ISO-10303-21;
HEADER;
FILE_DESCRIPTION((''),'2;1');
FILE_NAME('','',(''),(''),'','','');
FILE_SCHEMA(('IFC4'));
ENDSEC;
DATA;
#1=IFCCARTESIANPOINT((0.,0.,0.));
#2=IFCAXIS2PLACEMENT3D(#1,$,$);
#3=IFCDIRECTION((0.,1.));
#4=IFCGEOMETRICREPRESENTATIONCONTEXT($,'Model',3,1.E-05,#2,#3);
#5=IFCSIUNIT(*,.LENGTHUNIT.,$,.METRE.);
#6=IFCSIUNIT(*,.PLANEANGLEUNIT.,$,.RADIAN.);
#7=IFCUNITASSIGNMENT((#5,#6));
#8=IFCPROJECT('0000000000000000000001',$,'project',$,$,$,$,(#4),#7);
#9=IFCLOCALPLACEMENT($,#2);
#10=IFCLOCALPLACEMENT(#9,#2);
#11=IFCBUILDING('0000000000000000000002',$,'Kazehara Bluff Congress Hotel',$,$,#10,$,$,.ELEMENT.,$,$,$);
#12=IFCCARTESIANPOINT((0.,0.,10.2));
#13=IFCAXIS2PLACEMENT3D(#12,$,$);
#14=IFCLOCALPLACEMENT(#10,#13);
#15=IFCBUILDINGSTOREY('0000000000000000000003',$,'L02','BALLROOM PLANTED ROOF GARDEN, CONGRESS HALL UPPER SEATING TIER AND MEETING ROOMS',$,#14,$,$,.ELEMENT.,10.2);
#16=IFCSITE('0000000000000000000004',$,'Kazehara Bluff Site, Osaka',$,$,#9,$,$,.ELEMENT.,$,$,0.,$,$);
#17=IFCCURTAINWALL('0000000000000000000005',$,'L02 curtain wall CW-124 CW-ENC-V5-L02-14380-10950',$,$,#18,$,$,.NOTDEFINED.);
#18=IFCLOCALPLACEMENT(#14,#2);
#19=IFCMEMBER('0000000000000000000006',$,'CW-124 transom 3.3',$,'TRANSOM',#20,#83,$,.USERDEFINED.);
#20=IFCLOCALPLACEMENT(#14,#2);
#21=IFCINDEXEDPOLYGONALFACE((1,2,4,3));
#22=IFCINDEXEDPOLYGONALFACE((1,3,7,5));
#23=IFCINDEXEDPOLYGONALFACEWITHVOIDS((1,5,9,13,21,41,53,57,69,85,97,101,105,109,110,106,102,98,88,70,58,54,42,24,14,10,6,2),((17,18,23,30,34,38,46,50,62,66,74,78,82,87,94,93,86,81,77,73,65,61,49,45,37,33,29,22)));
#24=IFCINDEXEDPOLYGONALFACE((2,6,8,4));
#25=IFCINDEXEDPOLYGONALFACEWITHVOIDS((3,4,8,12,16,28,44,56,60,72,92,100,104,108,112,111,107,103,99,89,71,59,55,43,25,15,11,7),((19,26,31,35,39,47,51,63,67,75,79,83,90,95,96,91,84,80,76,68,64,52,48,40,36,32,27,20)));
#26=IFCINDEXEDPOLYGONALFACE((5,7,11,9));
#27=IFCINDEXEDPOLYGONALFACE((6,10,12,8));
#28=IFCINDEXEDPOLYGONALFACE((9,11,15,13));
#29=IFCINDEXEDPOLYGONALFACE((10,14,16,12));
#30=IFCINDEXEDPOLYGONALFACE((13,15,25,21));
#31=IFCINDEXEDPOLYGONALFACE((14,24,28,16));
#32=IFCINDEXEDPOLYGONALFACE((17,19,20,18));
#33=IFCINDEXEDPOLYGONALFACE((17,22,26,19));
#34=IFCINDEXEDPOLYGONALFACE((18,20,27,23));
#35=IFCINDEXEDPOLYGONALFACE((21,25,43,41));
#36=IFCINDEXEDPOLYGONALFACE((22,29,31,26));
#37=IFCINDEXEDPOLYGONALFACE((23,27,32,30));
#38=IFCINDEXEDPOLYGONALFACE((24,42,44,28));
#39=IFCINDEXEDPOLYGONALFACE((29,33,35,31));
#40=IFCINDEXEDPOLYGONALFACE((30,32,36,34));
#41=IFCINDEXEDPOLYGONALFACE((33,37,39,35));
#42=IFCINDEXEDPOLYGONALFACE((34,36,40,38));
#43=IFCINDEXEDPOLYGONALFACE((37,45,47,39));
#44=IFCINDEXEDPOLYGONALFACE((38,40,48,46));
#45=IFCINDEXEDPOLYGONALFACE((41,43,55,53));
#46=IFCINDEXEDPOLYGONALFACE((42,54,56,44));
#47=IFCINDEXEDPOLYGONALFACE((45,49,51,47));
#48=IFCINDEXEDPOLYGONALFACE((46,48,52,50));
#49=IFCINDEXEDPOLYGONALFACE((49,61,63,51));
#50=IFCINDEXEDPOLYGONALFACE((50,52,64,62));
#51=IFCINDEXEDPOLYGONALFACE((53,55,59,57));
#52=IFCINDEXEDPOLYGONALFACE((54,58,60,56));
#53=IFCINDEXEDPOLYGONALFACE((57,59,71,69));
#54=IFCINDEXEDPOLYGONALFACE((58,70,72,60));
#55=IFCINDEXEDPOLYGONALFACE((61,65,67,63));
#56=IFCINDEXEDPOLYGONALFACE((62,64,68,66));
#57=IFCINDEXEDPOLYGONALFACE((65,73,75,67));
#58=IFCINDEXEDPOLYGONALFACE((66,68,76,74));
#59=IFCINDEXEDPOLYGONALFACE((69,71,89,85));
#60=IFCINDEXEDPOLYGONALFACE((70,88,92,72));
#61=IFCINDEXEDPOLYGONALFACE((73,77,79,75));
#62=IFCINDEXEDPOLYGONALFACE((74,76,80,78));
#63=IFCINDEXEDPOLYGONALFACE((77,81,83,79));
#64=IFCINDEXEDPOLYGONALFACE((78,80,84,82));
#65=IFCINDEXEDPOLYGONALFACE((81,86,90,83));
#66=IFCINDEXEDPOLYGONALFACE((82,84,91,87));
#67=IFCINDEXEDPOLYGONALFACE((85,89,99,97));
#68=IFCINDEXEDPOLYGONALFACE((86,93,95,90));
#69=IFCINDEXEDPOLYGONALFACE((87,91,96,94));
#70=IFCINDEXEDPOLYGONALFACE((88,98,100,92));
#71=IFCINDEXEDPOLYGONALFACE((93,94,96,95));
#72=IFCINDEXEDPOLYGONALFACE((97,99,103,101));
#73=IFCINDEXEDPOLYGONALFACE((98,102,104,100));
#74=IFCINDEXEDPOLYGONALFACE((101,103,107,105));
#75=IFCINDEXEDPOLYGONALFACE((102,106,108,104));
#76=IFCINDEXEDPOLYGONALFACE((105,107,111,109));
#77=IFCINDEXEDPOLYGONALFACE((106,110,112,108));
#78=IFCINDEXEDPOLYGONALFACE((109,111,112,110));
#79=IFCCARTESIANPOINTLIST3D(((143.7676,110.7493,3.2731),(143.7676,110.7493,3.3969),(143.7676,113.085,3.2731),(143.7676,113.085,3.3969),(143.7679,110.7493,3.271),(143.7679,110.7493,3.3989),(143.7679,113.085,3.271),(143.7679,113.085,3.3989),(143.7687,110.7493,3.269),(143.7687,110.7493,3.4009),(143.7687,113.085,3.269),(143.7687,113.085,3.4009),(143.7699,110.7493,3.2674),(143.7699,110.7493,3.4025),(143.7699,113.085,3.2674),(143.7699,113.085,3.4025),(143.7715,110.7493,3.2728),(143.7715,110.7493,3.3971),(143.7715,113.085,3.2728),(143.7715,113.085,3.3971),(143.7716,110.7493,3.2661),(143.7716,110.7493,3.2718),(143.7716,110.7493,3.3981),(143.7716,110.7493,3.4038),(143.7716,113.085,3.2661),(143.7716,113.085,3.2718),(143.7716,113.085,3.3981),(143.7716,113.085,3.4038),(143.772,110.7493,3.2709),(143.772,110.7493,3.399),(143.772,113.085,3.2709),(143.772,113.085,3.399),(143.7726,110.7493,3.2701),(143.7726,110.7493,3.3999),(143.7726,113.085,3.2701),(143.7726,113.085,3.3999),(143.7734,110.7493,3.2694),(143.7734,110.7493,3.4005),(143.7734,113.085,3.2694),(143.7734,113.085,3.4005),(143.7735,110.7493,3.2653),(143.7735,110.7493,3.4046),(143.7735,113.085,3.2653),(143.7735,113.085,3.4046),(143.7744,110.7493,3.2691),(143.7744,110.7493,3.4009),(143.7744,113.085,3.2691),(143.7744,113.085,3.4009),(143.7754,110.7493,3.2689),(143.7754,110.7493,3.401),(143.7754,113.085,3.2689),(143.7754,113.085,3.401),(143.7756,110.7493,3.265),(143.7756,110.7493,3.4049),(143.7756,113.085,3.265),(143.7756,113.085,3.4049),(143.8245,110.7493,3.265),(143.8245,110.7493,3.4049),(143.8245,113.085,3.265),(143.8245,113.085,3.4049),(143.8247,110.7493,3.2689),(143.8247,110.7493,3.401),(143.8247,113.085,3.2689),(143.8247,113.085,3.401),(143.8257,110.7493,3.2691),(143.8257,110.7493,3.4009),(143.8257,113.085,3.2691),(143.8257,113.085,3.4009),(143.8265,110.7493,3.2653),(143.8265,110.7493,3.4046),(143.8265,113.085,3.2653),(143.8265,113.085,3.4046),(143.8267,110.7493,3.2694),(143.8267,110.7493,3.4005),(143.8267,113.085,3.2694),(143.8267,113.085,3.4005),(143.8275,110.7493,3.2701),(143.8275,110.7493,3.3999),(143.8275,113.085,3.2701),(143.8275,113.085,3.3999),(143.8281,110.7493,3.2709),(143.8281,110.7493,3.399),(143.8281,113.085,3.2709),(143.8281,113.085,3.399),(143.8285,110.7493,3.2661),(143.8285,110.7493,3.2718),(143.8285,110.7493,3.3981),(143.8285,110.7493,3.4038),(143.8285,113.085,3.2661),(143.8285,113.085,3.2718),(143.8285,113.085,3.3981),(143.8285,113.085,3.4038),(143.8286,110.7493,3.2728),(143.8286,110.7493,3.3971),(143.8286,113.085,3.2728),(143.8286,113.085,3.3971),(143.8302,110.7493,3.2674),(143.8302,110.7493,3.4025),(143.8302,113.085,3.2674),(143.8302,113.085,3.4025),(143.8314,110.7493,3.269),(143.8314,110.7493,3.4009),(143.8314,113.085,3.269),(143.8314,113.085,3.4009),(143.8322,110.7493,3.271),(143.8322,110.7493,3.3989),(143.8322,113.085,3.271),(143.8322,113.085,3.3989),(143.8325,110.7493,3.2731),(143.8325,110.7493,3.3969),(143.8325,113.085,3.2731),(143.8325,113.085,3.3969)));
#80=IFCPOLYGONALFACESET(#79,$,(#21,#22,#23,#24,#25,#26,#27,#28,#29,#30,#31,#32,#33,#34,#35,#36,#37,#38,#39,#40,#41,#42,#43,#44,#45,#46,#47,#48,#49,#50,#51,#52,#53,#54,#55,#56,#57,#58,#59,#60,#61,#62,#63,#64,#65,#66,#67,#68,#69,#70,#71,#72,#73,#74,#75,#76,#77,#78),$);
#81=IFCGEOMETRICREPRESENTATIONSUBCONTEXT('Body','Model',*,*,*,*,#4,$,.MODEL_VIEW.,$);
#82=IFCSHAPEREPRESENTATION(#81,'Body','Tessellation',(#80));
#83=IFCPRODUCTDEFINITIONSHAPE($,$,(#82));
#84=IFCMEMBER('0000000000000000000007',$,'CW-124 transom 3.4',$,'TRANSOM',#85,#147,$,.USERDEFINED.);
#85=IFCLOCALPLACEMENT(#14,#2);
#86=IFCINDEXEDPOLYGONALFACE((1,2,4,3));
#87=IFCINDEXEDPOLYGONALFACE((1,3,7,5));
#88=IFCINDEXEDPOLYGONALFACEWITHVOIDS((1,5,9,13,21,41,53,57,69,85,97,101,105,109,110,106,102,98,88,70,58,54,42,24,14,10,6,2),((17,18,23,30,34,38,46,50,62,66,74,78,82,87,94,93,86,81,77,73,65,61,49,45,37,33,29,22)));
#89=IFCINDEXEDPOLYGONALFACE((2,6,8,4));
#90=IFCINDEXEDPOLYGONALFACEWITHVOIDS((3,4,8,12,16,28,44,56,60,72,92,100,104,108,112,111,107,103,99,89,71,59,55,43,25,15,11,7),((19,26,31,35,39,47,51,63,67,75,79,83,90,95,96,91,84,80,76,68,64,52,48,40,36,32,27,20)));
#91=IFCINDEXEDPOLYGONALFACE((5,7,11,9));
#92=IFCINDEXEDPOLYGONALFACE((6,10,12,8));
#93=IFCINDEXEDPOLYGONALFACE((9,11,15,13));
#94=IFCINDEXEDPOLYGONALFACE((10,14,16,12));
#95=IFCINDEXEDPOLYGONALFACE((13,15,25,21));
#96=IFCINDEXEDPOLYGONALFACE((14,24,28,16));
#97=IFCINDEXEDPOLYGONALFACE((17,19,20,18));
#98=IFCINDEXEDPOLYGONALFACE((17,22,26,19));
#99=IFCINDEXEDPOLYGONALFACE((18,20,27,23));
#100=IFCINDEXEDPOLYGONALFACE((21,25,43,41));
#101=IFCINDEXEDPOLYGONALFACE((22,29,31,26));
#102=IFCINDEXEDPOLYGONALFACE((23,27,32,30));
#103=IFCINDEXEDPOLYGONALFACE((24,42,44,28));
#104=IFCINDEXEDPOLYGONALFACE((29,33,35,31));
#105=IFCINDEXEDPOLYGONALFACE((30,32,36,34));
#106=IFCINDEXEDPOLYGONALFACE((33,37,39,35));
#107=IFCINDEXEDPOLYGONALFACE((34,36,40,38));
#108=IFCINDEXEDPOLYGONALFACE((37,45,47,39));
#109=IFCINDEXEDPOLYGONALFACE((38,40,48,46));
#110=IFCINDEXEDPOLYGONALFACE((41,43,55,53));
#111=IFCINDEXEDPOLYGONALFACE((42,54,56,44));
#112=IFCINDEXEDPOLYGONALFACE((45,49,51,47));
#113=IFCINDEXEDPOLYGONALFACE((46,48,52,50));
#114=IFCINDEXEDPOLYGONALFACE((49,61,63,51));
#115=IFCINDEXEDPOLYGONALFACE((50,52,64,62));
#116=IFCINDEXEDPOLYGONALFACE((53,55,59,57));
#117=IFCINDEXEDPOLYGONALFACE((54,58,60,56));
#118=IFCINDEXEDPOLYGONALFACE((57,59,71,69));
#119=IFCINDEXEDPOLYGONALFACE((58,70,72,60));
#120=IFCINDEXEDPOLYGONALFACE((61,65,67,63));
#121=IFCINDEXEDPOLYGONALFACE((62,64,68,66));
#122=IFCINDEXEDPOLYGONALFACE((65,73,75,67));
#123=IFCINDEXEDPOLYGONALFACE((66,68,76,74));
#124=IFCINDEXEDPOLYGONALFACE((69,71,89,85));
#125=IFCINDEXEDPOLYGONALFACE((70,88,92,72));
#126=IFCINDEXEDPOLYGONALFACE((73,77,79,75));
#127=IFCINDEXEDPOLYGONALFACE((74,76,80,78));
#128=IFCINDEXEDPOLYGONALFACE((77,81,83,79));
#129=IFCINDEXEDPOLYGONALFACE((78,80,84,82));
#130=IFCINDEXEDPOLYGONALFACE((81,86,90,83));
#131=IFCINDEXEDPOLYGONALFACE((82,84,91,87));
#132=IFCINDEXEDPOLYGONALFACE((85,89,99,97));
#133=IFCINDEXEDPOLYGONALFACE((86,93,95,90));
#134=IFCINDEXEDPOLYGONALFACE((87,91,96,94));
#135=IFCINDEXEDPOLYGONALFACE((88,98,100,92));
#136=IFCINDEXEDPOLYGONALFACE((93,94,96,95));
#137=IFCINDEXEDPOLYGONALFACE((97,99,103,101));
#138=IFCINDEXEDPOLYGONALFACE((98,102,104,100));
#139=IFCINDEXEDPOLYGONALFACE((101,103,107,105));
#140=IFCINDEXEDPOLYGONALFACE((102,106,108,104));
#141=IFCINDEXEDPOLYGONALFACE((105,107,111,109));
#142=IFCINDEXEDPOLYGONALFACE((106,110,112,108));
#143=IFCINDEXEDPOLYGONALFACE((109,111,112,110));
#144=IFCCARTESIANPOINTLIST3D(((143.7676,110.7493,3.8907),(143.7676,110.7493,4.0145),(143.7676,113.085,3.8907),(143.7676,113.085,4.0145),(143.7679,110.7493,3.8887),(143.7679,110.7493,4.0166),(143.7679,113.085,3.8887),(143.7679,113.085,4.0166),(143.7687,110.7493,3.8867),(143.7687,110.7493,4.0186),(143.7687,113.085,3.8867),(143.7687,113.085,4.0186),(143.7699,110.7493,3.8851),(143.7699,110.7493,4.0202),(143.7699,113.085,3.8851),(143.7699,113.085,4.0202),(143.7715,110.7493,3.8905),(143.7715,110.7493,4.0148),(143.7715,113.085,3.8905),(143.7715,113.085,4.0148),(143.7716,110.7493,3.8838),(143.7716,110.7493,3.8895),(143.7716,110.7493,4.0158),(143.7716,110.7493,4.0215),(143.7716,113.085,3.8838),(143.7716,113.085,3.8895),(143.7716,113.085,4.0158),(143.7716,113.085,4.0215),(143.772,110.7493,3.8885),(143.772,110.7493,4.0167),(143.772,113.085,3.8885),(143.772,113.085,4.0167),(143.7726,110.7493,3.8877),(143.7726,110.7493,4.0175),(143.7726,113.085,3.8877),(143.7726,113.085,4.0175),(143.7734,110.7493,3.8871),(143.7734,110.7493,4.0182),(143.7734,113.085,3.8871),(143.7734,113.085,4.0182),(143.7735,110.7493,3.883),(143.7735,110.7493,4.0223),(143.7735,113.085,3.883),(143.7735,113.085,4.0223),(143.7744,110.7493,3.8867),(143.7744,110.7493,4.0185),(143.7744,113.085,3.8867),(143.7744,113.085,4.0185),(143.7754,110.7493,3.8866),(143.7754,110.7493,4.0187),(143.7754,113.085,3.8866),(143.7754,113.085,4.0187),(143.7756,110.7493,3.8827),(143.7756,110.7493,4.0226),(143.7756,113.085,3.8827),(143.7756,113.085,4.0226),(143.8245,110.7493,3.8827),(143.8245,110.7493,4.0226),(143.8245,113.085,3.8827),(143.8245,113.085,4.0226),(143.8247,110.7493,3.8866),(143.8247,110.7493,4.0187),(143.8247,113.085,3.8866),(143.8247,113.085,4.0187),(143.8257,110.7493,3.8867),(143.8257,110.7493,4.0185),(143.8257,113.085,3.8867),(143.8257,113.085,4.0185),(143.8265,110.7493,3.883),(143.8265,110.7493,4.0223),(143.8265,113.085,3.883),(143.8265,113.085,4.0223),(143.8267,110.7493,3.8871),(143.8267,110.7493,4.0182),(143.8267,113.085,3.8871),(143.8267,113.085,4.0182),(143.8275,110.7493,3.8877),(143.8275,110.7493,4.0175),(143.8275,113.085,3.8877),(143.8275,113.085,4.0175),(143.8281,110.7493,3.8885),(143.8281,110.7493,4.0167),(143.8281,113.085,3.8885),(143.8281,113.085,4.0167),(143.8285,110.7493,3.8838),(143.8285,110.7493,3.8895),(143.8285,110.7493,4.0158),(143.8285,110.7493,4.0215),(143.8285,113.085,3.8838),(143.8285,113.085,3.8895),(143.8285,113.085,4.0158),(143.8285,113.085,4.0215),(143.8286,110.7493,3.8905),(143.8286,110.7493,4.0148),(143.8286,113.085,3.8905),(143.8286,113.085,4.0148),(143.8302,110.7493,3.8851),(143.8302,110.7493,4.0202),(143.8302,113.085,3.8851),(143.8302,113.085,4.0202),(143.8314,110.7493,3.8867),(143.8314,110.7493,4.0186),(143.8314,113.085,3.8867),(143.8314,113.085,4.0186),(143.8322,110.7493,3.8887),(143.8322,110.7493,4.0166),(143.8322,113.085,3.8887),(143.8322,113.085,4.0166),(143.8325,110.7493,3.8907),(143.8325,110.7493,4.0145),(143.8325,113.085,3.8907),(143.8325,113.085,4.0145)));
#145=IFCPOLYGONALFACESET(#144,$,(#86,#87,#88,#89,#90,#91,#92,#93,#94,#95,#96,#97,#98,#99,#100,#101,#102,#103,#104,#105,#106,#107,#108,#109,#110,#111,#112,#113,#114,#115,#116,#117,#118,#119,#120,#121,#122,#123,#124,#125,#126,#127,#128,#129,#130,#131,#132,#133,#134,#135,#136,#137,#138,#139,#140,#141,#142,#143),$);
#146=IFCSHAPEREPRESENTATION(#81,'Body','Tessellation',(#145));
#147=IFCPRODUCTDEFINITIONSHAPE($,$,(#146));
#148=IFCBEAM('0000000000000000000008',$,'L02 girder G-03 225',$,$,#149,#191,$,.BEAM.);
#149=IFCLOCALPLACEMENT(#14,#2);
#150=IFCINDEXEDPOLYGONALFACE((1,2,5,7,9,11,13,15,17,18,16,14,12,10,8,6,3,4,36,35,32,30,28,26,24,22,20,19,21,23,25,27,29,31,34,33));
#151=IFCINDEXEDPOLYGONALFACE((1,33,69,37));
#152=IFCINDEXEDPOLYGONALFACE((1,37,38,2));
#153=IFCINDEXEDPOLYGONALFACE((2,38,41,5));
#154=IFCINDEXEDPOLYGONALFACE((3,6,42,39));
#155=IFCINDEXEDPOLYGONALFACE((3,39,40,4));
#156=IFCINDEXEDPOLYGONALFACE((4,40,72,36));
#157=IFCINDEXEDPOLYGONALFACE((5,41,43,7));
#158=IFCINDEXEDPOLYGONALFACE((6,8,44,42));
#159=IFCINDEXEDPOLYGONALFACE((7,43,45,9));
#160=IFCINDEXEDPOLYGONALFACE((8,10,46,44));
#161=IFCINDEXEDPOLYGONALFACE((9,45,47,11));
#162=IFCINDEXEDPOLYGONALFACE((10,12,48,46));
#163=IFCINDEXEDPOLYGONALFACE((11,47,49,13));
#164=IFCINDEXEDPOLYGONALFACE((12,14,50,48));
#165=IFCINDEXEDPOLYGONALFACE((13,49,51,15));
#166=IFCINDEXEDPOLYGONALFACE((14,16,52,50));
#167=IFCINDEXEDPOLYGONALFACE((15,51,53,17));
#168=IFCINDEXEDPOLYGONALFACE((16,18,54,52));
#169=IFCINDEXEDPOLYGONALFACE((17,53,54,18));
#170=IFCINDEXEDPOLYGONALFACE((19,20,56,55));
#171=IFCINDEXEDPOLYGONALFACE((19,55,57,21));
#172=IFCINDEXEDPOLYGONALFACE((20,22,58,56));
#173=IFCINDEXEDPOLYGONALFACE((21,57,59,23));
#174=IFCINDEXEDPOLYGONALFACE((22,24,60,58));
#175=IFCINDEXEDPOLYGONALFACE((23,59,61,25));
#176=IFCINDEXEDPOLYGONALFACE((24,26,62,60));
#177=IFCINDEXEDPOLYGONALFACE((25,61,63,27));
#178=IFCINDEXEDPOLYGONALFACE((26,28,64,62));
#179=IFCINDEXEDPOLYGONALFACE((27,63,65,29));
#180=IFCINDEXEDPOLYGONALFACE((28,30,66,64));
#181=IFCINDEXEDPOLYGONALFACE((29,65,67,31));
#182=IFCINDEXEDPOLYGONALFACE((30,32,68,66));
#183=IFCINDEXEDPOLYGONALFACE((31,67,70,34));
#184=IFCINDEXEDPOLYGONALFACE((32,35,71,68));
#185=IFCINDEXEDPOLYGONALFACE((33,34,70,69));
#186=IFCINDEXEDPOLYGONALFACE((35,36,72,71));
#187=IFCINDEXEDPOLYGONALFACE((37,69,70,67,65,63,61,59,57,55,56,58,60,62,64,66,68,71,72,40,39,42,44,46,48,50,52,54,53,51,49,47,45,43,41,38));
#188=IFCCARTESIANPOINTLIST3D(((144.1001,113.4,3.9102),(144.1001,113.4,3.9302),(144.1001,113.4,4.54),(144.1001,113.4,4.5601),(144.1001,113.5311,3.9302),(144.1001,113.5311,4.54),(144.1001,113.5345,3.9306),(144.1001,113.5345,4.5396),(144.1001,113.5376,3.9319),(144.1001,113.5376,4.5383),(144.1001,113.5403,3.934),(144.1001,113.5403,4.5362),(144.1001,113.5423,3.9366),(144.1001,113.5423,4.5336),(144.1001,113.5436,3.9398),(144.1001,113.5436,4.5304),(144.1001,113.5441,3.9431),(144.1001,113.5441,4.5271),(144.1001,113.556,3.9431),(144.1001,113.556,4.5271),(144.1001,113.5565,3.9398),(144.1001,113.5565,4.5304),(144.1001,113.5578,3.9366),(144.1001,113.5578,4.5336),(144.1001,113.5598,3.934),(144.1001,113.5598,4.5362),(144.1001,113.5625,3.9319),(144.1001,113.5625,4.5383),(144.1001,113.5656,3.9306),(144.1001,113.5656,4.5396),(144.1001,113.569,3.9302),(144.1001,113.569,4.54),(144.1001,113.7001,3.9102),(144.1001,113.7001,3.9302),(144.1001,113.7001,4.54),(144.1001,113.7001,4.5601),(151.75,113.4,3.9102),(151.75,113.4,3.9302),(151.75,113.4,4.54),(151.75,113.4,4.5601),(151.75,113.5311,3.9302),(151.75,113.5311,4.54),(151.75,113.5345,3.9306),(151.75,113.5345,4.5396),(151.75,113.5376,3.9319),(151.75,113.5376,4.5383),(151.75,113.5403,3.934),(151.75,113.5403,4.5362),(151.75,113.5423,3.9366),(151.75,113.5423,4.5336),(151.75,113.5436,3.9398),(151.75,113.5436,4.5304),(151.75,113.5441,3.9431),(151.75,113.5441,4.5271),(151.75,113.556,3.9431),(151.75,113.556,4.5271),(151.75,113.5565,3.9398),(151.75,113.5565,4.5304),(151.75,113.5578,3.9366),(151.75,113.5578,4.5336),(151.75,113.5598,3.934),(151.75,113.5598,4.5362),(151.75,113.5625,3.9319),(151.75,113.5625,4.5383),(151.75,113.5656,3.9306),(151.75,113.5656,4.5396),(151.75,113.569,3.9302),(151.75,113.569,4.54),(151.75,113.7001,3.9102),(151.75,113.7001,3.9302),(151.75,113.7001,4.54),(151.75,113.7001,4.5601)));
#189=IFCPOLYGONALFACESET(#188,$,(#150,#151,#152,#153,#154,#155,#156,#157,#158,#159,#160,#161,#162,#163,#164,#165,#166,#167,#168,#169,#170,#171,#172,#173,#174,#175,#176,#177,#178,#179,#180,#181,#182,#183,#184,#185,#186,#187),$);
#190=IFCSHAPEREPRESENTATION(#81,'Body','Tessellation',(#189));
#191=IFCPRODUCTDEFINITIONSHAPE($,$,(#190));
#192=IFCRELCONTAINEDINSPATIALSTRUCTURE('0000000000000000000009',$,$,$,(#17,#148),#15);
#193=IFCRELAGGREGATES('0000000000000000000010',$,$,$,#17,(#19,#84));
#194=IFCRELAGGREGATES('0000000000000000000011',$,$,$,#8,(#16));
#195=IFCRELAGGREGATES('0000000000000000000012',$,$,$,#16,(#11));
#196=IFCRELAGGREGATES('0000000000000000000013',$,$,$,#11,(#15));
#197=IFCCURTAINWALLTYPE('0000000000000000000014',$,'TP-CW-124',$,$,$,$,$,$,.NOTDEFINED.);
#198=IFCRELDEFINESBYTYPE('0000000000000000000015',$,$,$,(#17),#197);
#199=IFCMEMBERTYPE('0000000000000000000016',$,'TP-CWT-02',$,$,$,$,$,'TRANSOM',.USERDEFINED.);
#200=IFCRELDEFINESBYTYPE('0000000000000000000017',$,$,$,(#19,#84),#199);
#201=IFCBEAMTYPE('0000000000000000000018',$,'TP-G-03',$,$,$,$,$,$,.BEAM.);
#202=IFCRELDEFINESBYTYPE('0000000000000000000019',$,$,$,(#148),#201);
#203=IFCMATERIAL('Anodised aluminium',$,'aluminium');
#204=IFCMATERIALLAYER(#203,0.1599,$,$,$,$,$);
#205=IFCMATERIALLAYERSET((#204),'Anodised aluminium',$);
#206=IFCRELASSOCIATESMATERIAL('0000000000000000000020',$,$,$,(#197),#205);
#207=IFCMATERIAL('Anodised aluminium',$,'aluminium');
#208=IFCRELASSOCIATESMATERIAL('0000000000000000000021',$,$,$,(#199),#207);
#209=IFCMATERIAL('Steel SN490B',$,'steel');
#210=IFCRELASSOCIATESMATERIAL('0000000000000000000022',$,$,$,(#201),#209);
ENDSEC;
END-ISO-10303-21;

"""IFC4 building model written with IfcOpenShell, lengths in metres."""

from ifc_helpers import new_model, si_unit, direction, frame, origin, origin_2d, place, context, subcontext, project, spatial, hollow_rectangle, i_section, extrude, material, layer, layer_set, material_profile, profile_set, type_object, element, aggregate, save


model = new_model("IFC4")

# Units and contexts
model_context = context("Model", 3, precision=1e-05, world=origin(), true_north=direction((0.0, 1.0)))
body_context = subcontext(model_context, "Body", "Model", "MODEL_VIEW")
ifc_project = project(units=[si_unit("LENGTHUNIT", "METRE"), si_unit("PLANEANGLEUNIT", "RADIAN")], contexts=[model_context])

# Site, building, storey
site_placement = place(None, origin())
site = spatial("IfcSite", under=ifc_project, at=site_placement, Name="Kazehara Bluff Site, Osaka", CompositionType="ELEMENT", RefElevation=0.0)
building_placement = place(site_placement, origin())
building = spatial("IfcBuilding", under=site, at=building_placement, Name="Kazehara Bluff Congress Hotel", CompositionType="ELEMENT")
storey_placement = place(building_placement, frame((0.0, 0.0, 10.2)))
storey = spatial("IfcBuildingStorey", under=building, at=storey_placement, Name="L02", Description="BALLROOM PLANTED ROOF GARDEN, CONGRESS HALL UPPER SEATING TIER AND MEETING ROOMS", CompositionType="ELEMENT", Elevation=10.2)

# Curtain wall
ifc_material_1 = material(Name="Anodised aluminium", Category="aluminium")
ifc_layer_1 = layer(ifc_material_1, 0.1599)
ifc_layer_set_1 = layer_set([ifc_layer_1], Name="Anodised aluminium")
curtain_wall_type_1 = type_object("IfcCurtainWallType", Name="TP-CW-124", PredefinedType="NOTDEFINED", material=ifc_layer_set_1)
curtain_wall_1_placement = place(storey_placement, origin())
curtain_wall_1 = element("IfcCurtainWall", 1, at=curtain_wall_1_placement, inside=storey, type_object=curtain_wall_type_1, Name="L02 curtain wall CW-124 CW-ENC-V5-L02-14380-10950", PredefinedType="NOTDEFINED")

# Members
ifc_material_2 = material(Name="Anodised aluminium", Category="aluminium")
ifc_material_profile_1 = material_profile(ifc_material_2, hollow_rectangle(XDim=0.0649, YDim=0.1399, WallThickness=0.0039, InnerFilletRadius=0.0039, OuterFilletRadius=0.0081, at=origin_2d()))
ifc_profile_set_1 = profile_set([ifc_material_profile_1], Name="Anodised aluminium")
member_type_1 = type_object("IfcMemberType", Name="TP-CWT-02", ElementType="TRANSOM", PredefinedType="USERDEFINED", material=ifc_profile_set_1)
member_1_placement = place(storey_placement, frame((143.8, 110.7493, 3.335), z_axis=(0.0, 1.0, 0.0), x_axis=(-1.0, 0.0, 0.0)))
member_1 = element("IfcMember", 2, at=member_1_placement, type_object=member_type_1, Name="CW-124 transom 3.3", ObjectType="TRANSOM", PredefinedType="USERDEFINED", context=body_context, shape_type="SweptSolid", body=[
    extrude(hollow_rectangle(XDim=0.0649, YDim=0.1399, WallThickness=0.0039, InnerFilletRadius=0.0039, OuterFilletRadius=0.0081, at=origin_2d()), origin(), (0.0, 0.0, 1.0), 2.3357),
])
member_2_placement = place(storey_placement, frame((143.8, 110.7493, 3.9526), z_axis=(0.0, 1.0, 0.0), x_axis=(-1.0, 0.0, 0.0)))
member_2 = element("IfcMember", 3, at=member_2_placement, type_object=member_type_1, Name="CW-124 transom 3.4", ObjectType="TRANSOM", PredefinedType="USERDEFINED", context=body_context, shape_type="SweptSolid", body=[
    extrude(hollow_rectangle(XDim=0.0649, YDim=0.1399, WallThickness=0.0039, InnerFilletRadius=0.0039, OuterFilletRadius=0.0081, at=origin_2d()), origin(), (0.0, 0.0, 1.0), 2.3357),
])

# Beam
ifc_material_3 = material(Name="Steel SN490B", Category="steel")
ifc_material_profile_2 = material_profile(ifc_material_3, i_section(OverallWidth=0.3, OverallDepth=0.6499, WebThickness=0.012, FlangeThickness=0.02, FilletRadius=0.0129, at=origin_2d()))
ifc_profile_set_2 = profile_set([ifc_material_profile_2], Name="Steel SN490B")
beam_type = type_object("IfcBeamType", Name="TP-G-03", PredefinedType="BEAM", material=ifc_profile_set_2)
beam_placement = place(storey_placement, frame((144.1001, 113.55, 4.2351), z_axis=(1.0, 0.0, 0.0), x_axis=(0.0, 1.0, 0.0)))
element("IfcBeam", 4, at=beam_placement, inside=storey, type_object=beam_type, Name="L02 girder G-03 225", PredefinedType="BEAM", context=body_context, shape_type="SweptSolid", body=[
    extrude(i_section(OverallWidth=0.3, OverallDepth=0.6499, WebThickness=0.012, FlangeThickness=0.02, FilletRadius=0.0129, at=origin_2d()), origin(), (0.0, 0.0, 1.0), 7.6499),
])

aggregate(curtain_wall_1, [member_1, member_2])

save(model, "model.ifc")
